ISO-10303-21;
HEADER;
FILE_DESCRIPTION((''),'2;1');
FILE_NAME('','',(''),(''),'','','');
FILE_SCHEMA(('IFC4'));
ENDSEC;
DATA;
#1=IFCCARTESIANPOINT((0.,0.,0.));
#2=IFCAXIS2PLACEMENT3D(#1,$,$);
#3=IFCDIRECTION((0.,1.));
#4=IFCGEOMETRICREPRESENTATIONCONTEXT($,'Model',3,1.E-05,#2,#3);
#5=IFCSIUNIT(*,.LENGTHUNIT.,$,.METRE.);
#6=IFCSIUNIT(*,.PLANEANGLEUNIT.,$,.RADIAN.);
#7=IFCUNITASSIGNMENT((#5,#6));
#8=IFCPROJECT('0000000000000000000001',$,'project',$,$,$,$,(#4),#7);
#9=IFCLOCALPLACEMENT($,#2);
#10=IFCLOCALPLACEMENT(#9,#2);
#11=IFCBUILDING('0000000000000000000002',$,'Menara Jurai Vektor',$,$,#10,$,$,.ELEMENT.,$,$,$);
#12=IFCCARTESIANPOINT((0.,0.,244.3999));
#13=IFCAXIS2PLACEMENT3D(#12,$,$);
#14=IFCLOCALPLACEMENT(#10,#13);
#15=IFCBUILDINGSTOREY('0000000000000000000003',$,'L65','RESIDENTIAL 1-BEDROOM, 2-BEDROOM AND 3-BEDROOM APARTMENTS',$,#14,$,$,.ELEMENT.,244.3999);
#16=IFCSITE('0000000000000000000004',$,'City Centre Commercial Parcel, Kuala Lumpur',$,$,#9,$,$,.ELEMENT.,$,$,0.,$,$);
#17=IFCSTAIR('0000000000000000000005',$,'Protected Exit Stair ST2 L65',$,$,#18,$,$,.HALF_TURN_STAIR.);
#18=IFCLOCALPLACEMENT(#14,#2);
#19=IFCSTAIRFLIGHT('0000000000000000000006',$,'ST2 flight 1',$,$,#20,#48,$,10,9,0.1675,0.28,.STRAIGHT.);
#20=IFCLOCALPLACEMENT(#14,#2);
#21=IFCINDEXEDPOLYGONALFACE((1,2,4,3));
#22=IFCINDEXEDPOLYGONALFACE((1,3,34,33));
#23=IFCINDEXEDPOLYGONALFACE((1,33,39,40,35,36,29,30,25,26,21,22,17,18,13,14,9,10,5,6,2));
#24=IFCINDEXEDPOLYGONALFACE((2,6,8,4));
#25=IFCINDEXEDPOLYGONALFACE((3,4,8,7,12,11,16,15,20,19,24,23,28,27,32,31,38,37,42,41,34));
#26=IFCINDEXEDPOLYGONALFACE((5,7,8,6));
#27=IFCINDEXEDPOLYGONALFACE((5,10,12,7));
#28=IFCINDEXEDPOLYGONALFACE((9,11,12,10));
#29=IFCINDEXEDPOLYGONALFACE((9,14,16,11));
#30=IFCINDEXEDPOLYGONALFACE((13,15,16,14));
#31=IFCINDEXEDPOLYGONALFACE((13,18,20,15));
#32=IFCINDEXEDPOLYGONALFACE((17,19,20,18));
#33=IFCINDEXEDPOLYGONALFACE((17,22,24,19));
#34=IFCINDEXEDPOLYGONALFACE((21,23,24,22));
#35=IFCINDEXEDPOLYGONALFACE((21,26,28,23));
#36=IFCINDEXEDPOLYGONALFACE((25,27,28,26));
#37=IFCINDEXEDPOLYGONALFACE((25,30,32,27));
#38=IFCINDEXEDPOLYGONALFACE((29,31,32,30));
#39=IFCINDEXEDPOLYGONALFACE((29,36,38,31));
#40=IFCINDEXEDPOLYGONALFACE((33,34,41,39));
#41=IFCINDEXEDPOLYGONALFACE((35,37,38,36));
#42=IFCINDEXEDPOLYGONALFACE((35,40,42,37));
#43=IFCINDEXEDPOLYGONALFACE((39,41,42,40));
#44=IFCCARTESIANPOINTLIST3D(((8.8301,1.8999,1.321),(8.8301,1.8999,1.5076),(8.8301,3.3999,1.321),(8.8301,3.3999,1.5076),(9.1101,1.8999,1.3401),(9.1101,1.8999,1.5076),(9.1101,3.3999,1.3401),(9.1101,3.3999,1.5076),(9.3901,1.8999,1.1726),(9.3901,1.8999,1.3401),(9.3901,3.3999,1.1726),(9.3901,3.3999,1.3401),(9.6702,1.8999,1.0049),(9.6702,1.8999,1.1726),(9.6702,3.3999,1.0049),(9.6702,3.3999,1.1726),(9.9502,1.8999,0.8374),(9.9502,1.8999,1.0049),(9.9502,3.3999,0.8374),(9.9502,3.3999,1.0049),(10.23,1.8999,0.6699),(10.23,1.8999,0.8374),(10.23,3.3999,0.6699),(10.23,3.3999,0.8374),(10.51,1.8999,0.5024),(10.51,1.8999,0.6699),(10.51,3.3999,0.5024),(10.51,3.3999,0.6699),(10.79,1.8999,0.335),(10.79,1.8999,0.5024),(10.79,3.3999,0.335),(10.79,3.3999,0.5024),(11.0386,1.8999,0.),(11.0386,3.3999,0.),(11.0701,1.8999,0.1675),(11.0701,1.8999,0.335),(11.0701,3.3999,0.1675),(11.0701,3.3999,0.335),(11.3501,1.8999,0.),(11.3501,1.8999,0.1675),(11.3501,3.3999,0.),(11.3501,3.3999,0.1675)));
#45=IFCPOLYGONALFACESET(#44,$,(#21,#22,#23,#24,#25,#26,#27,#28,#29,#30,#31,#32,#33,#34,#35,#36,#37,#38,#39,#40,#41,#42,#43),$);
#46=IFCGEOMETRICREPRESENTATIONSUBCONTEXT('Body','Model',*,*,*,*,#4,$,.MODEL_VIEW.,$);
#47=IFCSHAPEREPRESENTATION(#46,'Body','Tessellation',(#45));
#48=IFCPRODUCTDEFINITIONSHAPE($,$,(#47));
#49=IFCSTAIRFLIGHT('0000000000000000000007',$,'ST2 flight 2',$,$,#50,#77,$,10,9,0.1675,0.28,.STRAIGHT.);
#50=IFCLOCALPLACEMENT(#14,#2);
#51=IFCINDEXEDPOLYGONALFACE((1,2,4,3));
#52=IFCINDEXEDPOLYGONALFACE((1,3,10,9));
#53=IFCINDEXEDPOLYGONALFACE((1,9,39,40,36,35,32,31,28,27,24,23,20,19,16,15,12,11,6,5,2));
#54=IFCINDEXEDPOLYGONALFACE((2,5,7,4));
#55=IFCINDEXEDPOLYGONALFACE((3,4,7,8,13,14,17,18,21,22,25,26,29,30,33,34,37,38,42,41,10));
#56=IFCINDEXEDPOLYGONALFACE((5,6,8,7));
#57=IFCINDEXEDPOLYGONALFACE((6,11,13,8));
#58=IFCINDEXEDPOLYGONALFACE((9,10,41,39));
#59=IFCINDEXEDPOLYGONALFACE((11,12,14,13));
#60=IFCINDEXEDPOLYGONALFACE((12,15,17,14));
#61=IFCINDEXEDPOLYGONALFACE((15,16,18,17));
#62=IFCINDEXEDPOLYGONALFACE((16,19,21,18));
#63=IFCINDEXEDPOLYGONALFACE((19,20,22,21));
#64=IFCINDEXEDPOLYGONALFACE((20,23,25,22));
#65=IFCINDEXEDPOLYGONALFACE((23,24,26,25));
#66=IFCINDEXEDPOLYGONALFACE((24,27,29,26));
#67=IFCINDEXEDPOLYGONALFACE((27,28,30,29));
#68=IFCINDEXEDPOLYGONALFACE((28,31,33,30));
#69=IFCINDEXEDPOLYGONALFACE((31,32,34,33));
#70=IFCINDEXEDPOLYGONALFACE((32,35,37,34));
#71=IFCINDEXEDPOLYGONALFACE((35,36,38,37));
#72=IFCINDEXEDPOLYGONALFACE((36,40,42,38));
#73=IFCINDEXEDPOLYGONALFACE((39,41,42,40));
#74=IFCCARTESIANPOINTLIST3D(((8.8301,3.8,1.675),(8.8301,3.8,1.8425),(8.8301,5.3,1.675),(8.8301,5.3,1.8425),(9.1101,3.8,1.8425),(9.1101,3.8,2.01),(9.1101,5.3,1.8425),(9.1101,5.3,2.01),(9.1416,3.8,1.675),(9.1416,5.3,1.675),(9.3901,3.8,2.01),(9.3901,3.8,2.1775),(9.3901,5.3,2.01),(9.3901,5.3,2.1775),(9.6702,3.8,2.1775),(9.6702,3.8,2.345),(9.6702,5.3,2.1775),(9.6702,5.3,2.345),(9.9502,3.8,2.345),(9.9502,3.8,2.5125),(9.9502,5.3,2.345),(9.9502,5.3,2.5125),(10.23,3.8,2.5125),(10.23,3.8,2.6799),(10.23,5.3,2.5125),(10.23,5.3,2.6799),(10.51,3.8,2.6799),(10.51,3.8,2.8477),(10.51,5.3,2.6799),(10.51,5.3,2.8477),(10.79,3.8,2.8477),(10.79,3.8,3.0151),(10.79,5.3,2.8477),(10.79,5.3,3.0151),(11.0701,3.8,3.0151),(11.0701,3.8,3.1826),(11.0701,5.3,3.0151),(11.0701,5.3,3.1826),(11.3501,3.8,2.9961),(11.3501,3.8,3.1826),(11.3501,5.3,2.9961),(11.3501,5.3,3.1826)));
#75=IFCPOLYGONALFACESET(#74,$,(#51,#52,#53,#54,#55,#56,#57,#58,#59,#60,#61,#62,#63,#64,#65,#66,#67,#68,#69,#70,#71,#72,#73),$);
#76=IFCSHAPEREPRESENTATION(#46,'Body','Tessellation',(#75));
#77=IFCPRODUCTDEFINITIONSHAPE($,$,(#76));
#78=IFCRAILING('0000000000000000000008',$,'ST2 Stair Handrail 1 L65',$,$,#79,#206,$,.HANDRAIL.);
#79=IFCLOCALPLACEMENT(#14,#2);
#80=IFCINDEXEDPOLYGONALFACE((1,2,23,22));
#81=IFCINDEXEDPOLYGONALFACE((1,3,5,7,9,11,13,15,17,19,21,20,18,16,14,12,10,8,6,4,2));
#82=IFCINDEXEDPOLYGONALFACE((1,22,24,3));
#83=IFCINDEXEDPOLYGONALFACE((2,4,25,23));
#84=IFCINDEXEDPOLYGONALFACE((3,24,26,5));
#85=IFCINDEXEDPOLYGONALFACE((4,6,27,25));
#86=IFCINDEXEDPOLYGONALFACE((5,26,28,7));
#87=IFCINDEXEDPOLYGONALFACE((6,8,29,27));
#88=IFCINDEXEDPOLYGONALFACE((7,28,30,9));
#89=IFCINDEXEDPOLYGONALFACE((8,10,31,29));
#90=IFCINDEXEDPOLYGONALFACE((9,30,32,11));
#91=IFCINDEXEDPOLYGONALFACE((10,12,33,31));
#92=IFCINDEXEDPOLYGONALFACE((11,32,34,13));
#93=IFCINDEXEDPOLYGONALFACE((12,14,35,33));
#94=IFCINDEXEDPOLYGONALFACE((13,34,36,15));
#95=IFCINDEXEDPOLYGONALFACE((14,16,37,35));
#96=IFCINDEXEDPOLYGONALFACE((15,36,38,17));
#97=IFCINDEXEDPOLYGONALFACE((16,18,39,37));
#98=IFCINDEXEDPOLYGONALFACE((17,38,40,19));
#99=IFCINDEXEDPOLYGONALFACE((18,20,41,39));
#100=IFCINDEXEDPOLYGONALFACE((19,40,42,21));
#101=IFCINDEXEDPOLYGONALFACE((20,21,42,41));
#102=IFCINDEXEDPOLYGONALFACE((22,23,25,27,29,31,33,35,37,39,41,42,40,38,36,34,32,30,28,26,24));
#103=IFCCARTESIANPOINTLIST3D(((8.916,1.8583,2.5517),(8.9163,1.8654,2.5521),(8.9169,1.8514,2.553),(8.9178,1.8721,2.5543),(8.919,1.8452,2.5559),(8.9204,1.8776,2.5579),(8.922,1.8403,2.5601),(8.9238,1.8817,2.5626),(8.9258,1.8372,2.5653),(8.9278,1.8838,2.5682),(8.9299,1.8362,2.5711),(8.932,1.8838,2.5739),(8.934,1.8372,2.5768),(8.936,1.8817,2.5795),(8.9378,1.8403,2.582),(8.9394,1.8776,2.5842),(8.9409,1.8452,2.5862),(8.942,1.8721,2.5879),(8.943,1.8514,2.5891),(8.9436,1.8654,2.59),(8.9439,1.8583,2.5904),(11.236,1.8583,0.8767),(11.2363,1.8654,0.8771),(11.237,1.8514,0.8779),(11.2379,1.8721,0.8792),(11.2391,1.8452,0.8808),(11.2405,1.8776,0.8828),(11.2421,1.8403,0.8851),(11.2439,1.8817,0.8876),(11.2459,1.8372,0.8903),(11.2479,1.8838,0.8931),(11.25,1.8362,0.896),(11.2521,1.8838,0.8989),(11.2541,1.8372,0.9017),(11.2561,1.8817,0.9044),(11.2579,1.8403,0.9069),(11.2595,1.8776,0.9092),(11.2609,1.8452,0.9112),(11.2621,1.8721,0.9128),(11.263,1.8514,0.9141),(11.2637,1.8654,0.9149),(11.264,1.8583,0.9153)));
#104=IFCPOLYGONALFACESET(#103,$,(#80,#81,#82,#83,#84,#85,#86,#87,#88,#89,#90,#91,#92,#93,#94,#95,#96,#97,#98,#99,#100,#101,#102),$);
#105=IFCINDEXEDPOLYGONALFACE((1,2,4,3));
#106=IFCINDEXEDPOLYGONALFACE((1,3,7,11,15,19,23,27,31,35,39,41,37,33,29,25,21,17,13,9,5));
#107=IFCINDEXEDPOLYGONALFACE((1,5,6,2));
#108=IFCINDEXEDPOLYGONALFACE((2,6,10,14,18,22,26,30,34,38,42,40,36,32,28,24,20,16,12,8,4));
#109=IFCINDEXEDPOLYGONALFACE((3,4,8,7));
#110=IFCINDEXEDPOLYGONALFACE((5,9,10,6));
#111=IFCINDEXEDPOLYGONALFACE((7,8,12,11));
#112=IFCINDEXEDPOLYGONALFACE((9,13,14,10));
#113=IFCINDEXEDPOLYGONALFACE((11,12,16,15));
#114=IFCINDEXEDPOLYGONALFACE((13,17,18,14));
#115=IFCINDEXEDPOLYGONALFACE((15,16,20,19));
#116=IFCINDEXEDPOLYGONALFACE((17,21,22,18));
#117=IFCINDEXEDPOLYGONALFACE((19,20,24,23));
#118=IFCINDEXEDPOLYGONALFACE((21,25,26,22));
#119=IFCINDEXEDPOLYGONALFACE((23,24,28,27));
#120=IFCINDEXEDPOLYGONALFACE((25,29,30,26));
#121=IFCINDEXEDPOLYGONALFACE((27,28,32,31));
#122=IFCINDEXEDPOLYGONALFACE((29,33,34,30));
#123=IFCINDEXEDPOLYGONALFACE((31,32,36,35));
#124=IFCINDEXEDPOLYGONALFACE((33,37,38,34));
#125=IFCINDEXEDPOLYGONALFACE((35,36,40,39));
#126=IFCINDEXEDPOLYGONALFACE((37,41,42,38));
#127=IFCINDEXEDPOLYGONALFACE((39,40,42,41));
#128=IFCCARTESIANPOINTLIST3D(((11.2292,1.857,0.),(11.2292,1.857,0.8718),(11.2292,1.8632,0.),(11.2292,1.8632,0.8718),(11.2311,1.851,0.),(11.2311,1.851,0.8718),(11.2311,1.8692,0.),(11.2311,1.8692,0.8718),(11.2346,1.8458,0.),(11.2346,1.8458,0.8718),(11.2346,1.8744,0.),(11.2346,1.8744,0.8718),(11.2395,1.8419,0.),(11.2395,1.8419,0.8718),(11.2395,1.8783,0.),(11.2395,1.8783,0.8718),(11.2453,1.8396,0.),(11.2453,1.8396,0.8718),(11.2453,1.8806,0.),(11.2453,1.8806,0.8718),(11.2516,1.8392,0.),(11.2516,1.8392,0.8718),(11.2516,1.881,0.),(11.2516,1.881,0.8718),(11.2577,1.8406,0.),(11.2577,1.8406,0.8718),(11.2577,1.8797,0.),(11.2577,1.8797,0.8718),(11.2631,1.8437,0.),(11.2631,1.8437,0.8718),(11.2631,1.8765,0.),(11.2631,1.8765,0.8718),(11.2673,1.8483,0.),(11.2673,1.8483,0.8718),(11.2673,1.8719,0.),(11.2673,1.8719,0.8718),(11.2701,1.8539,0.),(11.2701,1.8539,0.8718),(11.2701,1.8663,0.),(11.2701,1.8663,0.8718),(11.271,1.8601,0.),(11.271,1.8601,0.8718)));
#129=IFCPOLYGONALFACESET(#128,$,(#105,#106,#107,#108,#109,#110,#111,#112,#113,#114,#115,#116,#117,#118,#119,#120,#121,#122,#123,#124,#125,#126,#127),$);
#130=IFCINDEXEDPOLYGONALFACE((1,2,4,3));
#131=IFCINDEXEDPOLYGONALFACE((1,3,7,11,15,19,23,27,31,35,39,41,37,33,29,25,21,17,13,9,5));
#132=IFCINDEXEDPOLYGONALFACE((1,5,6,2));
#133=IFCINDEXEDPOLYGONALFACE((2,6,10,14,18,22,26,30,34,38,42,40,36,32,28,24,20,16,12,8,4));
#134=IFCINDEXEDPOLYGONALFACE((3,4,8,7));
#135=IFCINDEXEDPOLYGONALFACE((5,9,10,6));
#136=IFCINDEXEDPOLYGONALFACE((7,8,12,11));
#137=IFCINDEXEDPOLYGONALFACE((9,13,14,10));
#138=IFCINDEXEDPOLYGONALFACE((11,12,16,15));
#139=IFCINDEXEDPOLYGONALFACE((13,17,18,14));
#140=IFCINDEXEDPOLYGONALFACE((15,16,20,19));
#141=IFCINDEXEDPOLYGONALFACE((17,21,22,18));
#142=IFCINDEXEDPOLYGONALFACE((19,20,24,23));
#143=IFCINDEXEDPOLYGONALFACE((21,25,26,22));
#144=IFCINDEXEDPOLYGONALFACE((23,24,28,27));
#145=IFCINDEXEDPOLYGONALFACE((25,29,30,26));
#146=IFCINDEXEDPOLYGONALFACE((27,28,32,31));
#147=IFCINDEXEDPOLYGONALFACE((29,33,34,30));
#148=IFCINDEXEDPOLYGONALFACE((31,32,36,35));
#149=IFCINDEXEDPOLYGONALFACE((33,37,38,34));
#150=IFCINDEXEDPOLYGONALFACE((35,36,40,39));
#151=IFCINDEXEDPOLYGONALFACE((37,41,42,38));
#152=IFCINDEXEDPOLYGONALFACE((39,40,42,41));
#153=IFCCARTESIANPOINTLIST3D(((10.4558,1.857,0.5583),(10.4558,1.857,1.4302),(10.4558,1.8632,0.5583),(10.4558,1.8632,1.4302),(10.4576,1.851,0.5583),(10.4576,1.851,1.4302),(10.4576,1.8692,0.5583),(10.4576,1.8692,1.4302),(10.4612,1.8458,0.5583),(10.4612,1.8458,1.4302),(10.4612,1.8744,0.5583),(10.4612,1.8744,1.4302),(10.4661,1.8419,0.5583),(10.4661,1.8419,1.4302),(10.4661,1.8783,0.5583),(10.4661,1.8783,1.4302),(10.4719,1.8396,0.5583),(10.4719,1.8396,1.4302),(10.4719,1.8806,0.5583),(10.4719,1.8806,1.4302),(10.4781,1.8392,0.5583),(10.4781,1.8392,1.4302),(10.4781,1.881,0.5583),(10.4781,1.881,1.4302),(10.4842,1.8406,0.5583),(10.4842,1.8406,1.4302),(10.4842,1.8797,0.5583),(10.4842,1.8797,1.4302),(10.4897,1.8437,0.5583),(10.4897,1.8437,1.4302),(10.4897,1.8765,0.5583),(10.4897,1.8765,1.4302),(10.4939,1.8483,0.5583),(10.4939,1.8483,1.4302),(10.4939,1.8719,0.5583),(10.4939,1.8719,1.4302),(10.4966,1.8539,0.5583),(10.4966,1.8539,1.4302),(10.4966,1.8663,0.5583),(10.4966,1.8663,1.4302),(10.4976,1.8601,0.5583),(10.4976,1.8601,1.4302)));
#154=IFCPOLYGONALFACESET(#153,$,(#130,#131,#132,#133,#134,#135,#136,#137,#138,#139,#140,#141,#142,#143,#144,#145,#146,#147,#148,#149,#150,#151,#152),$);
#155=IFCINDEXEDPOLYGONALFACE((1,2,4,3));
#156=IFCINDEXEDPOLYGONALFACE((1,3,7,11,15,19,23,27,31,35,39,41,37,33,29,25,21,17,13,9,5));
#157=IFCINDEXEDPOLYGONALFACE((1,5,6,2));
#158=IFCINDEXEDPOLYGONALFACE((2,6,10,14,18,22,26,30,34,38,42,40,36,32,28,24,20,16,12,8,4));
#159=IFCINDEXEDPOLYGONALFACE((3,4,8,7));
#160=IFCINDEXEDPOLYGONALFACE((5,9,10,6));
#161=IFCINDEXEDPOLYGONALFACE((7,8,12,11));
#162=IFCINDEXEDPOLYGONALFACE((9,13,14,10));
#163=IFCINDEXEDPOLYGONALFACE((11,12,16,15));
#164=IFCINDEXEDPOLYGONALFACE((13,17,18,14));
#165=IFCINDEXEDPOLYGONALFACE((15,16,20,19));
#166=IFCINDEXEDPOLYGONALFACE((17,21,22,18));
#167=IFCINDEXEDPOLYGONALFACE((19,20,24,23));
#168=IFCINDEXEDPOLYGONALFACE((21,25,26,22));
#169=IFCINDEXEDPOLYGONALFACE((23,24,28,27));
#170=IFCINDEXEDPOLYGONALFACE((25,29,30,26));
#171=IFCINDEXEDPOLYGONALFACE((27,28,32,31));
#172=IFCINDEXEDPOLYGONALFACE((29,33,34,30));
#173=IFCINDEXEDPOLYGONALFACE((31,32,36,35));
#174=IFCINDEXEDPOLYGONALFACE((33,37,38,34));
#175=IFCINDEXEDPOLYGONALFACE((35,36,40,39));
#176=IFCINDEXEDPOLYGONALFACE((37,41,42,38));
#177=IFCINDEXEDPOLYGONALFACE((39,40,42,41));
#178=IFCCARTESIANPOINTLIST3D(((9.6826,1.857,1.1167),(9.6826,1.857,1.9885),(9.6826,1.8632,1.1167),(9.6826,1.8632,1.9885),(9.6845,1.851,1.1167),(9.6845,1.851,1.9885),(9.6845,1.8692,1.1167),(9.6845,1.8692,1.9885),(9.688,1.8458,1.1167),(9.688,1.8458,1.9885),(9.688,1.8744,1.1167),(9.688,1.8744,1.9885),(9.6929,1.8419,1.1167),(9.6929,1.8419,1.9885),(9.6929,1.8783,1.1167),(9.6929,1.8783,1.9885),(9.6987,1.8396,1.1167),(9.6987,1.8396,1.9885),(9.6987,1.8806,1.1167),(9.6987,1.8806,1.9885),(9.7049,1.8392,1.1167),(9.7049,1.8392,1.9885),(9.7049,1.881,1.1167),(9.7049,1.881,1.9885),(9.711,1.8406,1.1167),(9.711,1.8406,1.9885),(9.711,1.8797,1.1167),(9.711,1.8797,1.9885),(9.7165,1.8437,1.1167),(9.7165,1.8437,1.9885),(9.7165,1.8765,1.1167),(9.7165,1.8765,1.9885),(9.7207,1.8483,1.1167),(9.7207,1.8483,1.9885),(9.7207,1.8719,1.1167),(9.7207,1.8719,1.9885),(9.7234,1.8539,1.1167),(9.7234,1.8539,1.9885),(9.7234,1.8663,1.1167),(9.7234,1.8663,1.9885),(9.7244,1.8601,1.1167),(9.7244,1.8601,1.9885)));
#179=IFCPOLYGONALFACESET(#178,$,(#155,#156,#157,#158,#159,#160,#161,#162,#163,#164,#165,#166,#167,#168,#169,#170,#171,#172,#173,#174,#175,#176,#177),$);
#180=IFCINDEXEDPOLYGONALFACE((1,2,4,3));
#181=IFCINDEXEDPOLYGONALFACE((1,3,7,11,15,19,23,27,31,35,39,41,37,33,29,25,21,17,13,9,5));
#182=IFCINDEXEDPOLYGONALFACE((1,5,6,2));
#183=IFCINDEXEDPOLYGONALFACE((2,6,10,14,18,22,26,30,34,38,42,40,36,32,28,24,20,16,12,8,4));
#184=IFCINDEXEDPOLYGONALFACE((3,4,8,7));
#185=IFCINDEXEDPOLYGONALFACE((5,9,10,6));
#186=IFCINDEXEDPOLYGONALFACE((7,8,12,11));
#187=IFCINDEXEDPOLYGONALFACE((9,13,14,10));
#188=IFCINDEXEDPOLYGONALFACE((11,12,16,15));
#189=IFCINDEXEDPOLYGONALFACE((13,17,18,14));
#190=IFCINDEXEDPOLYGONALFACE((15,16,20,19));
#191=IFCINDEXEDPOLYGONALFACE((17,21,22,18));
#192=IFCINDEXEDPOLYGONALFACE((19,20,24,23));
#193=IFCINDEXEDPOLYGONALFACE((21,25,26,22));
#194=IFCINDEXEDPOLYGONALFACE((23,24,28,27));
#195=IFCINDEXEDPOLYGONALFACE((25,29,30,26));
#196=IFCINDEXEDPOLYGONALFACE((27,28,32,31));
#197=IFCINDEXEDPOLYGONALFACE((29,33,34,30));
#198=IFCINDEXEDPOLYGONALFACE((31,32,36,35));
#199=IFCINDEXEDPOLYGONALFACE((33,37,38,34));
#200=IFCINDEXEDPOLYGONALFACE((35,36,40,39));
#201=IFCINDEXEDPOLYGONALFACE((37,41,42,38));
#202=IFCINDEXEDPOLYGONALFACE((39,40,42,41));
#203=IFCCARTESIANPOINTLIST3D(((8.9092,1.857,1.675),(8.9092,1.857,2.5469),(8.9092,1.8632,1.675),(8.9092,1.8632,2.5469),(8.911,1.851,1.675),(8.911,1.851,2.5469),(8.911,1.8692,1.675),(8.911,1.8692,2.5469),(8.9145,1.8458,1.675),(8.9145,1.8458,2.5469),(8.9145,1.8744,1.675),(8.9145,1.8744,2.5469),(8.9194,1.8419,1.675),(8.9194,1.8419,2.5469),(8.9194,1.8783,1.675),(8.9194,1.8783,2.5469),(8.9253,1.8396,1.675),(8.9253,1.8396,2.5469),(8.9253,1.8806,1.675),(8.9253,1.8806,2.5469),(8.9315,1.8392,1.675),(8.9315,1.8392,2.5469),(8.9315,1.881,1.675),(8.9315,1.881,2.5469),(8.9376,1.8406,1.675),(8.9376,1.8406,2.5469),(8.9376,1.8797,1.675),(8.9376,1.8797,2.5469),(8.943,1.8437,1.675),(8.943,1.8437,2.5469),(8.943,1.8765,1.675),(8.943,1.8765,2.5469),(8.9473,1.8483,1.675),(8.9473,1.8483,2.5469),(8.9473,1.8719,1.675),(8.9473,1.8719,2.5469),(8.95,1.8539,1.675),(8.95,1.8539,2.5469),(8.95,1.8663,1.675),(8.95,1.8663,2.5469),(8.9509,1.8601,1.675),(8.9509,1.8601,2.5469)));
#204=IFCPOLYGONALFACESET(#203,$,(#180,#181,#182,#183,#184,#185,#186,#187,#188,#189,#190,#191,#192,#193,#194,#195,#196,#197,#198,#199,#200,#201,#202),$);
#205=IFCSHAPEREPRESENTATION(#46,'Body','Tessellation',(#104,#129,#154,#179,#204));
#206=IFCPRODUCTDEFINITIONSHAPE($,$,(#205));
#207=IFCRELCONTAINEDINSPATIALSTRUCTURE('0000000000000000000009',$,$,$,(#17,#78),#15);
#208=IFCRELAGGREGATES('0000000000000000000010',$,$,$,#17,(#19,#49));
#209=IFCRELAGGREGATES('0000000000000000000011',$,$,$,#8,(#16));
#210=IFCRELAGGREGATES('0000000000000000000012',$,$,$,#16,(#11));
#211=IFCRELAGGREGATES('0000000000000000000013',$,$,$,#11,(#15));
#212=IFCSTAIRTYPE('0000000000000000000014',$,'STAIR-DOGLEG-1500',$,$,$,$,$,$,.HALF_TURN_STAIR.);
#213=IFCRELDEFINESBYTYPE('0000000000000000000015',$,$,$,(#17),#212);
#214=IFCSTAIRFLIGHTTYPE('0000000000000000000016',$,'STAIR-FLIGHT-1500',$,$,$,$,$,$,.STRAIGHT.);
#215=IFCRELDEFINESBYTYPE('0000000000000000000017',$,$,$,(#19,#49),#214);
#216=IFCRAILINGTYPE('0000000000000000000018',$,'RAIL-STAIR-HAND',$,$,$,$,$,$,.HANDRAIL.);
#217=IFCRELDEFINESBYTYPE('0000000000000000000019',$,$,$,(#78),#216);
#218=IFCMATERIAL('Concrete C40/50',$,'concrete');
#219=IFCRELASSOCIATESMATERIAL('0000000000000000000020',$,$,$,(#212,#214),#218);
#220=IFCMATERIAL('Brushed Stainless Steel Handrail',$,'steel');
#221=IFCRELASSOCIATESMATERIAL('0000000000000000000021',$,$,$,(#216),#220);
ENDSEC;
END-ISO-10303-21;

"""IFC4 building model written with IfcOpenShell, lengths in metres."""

from ifc_helpers import new_model, si_unit, direction, frame, origin, origin_2d, place, context, subcontext, project, spatial, polyline, circle, outline, extrude, material, type_object, element, aggregate, save


model = new_model("IFC4")

# Units and contexts
model_context = context("Model", 3, precision=1e-05, world=origin(), true_north=direction((0.0, 1.0)))
body_context = subcontext(model_context, "Body", "Model", "MODEL_VIEW")
ifc_project = project(units=[si_unit("LENGTHUNIT", "METRE"), si_unit("PLANEANGLEUNIT", "RADIAN")], contexts=[model_context])

# Site, building, storey
site_placement = place(None, origin())
site = spatial("IfcSite", under=ifc_project, at=site_placement, Name="City Centre Commercial Parcel, Kuala Lumpur", CompositionType="ELEMENT", RefElevation=0.0)
building_placement = place(site_placement, origin())
building = spatial("IfcBuilding", under=site, at=building_placement, Name="Menara Jurai Vektor", CompositionType="ELEMENT")
storey_placement = place(building_placement, frame((0.0, 0.0, 244.3999)))
storey = spatial("IfcBuildingStorey", under=building, at=storey_placement, Name="L65", Description="RESIDENTIAL 1-BEDROOM, 2-BEDROOM AND 3-BEDROOM APARTMENTS", CompositionType="ELEMENT", Elevation=244.3999)

# Stair, stair flights
ifc_material_1 = material(Name="Concrete C40/50", Category="concrete")
stair_type = type_object("IfcStairType", Name="STAIR-DOGLEG-1500", PredefinedType="HALF_TURN_STAIR", material=ifc_material_1)
stair_placement = place(storey_placement, origin())
stair = element("IfcStair", 1, at=stair_placement, inside=storey, type_object=stair_type, Name="Protected Exit Stair ST2 L65", PredefinedType="HALF_TURN_STAIR")
stair_flight_type = type_object("IfcStairFlightType", Name="STAIR-FLIGHT-1500", PredefinedType="STRAIGHT", material=ifc_material_1)
stair_flight_1_placement = place(storey_placement, frame((11.3501, 2.6499, 0.0), z_axis=(0.0, 0.0, 1.0), x_axis=(-1.0, 0.0, 0.0)))
stair_flight_1 = element("IfcStairFlight", 2, at=stair_flight_1_placement, type_object=stair_flight_type, Name="ST2 flight 1", NumberOfRisers=10, NumberOfTreads=9, PredefinedType="STRAIGHT", RiserHeight=0.1675, TreadLength=0.28, context=body_context, shape_type="SweptSolid", body=[
    extrude(outline(polyline([(0.0, 0.0), (0.0, 0.1675), (0.28, 0.1675), (0.28, 0.335), (0.5601, 0.335), (0.5601, 0.5024), (0.8401, 0.5024), (0.8401, 0.6699), (1.1201, 0.6699), (1.1201, 0.8374), (1.3999, 0.8374), (1.3999, 1.0049), (1.6799, 1.0049), (1.6799, 1.1726), (1.96, 1.1726), (1.96, 1.3401), (2.24, 1.3401), (2.24, 1.5076), (2.52, 1.5076), (2.52, 1.675), (2.52, 1.321), (0.3115, 0.0), (0.0, 0.0)])), frame((0.0, 0.75, 0.0), z_axis=(0.0, -1.0, 0.0), x_axis=(1.0, 0.0, 0.0)), (0.0, 0.0, 1.0), 1.5),
])
stair_flight_2_placement = place(storey_placement, frame((8.8301, 4.55, 1.675), z_axis=(0.0, 0.0, 1.0), x_axis=(1.0, 0.0, 0.0)))
stair_flight_2 = element("IfcStairFlight", 3, at=stair_flight_2_placement, type_object=stair_flight_type, Name="ST2 flight 2", NumberOfRisers=10, NumberOfTreads=9, PredefinedType="STRAIGHT", RiserHeight=0.1675, TreadLength=0.28, context=body_context, shape_type="SweptSolid", body=[
    extrude(outline(polyline([(0.0, 0.0), (0.0, 0.1675), (0.28, 0.1675), (0.28, 0.335), (0.5601, 0.335), (0.5601, 0.5024), (0.8401, 0.5024), (0.8401, 0.6699), (1.1201, 0.6699), (1.1201, 0.8374), (1.3999, 0.8374), (1.3999, 1.0049), (1.6799, 1.0049), (1.6799, 1.1726), (1.96, 1.1726), (1.96, 1.3401), (2.24, 1.3401), (2.24, 1.5076), (2.52, 1.5076), (2.52, 1.675), (2.52, 1.321), (0.3115, 0.0), (0.0, 0.0)])), frame((0.0, 0.75, 0.0), z_axis=(0.0, -1.0, 0.0), x_axis=(1.0, 0.0, 0.0)), (0.0, 0.0, 1.0), 1.5),
])
aggregate(stair, [stair_flight_1, stair_flight_2])

# Railing
ifc_material_2 = material(Name="Brushed Stainless Steel Handrail", Category="steel")
railing_type_1 = type_object("IfcRailingType", Name="RAIL-STAIR-HAND", PredefinedType="HANDRAIL", material=ifc_material_2)
railing_1_placement = place(storey_placement, frame((11.25, 1.8601, 0.0)))
element("IfcRailing", 4, at=railing_1_placement, inside=storey, type_object=railing_type_1, Name="ST2 Stair Handrail 1 L65", PredefinedType="HANDRAIL", context=body_context, shape_type="SweptSolid", body=[
    extrude(circle(Radius=0.0239, at=origin_2d()), frame((0.0, 0.0, 0.896), z_axis=(-0.810771, 0.0, 0.585363), x_axis=(0.0, -1.0, 0.0)), (0.0, 0.0, 1.0), 2.8616),
    extrude(circle(Radius=0.021, at=origin_2d()), origin(), (0.0, 0.0, 1.0), 0.8718),
    extrude(circle(Radius=0.021, at=origin_2d()), frame((-0.7734, 0.0, 0.5583)), (0.0, 0.0, 1.0), 0.8718),
    extrude(circle(Radius=0.021, at=origin_2d()), frame((-1.5466, 0.0, 1.1167)), (0.0, 0.0, 1.0), 0.8718),
    extrude(circle(Radius=0.021, at=origin_2d()), frame((-2.3201, 0.0, 1.675)), (0.0, 0.0, 1.0), 0.8718),
])

save(model, "model.ifc")
